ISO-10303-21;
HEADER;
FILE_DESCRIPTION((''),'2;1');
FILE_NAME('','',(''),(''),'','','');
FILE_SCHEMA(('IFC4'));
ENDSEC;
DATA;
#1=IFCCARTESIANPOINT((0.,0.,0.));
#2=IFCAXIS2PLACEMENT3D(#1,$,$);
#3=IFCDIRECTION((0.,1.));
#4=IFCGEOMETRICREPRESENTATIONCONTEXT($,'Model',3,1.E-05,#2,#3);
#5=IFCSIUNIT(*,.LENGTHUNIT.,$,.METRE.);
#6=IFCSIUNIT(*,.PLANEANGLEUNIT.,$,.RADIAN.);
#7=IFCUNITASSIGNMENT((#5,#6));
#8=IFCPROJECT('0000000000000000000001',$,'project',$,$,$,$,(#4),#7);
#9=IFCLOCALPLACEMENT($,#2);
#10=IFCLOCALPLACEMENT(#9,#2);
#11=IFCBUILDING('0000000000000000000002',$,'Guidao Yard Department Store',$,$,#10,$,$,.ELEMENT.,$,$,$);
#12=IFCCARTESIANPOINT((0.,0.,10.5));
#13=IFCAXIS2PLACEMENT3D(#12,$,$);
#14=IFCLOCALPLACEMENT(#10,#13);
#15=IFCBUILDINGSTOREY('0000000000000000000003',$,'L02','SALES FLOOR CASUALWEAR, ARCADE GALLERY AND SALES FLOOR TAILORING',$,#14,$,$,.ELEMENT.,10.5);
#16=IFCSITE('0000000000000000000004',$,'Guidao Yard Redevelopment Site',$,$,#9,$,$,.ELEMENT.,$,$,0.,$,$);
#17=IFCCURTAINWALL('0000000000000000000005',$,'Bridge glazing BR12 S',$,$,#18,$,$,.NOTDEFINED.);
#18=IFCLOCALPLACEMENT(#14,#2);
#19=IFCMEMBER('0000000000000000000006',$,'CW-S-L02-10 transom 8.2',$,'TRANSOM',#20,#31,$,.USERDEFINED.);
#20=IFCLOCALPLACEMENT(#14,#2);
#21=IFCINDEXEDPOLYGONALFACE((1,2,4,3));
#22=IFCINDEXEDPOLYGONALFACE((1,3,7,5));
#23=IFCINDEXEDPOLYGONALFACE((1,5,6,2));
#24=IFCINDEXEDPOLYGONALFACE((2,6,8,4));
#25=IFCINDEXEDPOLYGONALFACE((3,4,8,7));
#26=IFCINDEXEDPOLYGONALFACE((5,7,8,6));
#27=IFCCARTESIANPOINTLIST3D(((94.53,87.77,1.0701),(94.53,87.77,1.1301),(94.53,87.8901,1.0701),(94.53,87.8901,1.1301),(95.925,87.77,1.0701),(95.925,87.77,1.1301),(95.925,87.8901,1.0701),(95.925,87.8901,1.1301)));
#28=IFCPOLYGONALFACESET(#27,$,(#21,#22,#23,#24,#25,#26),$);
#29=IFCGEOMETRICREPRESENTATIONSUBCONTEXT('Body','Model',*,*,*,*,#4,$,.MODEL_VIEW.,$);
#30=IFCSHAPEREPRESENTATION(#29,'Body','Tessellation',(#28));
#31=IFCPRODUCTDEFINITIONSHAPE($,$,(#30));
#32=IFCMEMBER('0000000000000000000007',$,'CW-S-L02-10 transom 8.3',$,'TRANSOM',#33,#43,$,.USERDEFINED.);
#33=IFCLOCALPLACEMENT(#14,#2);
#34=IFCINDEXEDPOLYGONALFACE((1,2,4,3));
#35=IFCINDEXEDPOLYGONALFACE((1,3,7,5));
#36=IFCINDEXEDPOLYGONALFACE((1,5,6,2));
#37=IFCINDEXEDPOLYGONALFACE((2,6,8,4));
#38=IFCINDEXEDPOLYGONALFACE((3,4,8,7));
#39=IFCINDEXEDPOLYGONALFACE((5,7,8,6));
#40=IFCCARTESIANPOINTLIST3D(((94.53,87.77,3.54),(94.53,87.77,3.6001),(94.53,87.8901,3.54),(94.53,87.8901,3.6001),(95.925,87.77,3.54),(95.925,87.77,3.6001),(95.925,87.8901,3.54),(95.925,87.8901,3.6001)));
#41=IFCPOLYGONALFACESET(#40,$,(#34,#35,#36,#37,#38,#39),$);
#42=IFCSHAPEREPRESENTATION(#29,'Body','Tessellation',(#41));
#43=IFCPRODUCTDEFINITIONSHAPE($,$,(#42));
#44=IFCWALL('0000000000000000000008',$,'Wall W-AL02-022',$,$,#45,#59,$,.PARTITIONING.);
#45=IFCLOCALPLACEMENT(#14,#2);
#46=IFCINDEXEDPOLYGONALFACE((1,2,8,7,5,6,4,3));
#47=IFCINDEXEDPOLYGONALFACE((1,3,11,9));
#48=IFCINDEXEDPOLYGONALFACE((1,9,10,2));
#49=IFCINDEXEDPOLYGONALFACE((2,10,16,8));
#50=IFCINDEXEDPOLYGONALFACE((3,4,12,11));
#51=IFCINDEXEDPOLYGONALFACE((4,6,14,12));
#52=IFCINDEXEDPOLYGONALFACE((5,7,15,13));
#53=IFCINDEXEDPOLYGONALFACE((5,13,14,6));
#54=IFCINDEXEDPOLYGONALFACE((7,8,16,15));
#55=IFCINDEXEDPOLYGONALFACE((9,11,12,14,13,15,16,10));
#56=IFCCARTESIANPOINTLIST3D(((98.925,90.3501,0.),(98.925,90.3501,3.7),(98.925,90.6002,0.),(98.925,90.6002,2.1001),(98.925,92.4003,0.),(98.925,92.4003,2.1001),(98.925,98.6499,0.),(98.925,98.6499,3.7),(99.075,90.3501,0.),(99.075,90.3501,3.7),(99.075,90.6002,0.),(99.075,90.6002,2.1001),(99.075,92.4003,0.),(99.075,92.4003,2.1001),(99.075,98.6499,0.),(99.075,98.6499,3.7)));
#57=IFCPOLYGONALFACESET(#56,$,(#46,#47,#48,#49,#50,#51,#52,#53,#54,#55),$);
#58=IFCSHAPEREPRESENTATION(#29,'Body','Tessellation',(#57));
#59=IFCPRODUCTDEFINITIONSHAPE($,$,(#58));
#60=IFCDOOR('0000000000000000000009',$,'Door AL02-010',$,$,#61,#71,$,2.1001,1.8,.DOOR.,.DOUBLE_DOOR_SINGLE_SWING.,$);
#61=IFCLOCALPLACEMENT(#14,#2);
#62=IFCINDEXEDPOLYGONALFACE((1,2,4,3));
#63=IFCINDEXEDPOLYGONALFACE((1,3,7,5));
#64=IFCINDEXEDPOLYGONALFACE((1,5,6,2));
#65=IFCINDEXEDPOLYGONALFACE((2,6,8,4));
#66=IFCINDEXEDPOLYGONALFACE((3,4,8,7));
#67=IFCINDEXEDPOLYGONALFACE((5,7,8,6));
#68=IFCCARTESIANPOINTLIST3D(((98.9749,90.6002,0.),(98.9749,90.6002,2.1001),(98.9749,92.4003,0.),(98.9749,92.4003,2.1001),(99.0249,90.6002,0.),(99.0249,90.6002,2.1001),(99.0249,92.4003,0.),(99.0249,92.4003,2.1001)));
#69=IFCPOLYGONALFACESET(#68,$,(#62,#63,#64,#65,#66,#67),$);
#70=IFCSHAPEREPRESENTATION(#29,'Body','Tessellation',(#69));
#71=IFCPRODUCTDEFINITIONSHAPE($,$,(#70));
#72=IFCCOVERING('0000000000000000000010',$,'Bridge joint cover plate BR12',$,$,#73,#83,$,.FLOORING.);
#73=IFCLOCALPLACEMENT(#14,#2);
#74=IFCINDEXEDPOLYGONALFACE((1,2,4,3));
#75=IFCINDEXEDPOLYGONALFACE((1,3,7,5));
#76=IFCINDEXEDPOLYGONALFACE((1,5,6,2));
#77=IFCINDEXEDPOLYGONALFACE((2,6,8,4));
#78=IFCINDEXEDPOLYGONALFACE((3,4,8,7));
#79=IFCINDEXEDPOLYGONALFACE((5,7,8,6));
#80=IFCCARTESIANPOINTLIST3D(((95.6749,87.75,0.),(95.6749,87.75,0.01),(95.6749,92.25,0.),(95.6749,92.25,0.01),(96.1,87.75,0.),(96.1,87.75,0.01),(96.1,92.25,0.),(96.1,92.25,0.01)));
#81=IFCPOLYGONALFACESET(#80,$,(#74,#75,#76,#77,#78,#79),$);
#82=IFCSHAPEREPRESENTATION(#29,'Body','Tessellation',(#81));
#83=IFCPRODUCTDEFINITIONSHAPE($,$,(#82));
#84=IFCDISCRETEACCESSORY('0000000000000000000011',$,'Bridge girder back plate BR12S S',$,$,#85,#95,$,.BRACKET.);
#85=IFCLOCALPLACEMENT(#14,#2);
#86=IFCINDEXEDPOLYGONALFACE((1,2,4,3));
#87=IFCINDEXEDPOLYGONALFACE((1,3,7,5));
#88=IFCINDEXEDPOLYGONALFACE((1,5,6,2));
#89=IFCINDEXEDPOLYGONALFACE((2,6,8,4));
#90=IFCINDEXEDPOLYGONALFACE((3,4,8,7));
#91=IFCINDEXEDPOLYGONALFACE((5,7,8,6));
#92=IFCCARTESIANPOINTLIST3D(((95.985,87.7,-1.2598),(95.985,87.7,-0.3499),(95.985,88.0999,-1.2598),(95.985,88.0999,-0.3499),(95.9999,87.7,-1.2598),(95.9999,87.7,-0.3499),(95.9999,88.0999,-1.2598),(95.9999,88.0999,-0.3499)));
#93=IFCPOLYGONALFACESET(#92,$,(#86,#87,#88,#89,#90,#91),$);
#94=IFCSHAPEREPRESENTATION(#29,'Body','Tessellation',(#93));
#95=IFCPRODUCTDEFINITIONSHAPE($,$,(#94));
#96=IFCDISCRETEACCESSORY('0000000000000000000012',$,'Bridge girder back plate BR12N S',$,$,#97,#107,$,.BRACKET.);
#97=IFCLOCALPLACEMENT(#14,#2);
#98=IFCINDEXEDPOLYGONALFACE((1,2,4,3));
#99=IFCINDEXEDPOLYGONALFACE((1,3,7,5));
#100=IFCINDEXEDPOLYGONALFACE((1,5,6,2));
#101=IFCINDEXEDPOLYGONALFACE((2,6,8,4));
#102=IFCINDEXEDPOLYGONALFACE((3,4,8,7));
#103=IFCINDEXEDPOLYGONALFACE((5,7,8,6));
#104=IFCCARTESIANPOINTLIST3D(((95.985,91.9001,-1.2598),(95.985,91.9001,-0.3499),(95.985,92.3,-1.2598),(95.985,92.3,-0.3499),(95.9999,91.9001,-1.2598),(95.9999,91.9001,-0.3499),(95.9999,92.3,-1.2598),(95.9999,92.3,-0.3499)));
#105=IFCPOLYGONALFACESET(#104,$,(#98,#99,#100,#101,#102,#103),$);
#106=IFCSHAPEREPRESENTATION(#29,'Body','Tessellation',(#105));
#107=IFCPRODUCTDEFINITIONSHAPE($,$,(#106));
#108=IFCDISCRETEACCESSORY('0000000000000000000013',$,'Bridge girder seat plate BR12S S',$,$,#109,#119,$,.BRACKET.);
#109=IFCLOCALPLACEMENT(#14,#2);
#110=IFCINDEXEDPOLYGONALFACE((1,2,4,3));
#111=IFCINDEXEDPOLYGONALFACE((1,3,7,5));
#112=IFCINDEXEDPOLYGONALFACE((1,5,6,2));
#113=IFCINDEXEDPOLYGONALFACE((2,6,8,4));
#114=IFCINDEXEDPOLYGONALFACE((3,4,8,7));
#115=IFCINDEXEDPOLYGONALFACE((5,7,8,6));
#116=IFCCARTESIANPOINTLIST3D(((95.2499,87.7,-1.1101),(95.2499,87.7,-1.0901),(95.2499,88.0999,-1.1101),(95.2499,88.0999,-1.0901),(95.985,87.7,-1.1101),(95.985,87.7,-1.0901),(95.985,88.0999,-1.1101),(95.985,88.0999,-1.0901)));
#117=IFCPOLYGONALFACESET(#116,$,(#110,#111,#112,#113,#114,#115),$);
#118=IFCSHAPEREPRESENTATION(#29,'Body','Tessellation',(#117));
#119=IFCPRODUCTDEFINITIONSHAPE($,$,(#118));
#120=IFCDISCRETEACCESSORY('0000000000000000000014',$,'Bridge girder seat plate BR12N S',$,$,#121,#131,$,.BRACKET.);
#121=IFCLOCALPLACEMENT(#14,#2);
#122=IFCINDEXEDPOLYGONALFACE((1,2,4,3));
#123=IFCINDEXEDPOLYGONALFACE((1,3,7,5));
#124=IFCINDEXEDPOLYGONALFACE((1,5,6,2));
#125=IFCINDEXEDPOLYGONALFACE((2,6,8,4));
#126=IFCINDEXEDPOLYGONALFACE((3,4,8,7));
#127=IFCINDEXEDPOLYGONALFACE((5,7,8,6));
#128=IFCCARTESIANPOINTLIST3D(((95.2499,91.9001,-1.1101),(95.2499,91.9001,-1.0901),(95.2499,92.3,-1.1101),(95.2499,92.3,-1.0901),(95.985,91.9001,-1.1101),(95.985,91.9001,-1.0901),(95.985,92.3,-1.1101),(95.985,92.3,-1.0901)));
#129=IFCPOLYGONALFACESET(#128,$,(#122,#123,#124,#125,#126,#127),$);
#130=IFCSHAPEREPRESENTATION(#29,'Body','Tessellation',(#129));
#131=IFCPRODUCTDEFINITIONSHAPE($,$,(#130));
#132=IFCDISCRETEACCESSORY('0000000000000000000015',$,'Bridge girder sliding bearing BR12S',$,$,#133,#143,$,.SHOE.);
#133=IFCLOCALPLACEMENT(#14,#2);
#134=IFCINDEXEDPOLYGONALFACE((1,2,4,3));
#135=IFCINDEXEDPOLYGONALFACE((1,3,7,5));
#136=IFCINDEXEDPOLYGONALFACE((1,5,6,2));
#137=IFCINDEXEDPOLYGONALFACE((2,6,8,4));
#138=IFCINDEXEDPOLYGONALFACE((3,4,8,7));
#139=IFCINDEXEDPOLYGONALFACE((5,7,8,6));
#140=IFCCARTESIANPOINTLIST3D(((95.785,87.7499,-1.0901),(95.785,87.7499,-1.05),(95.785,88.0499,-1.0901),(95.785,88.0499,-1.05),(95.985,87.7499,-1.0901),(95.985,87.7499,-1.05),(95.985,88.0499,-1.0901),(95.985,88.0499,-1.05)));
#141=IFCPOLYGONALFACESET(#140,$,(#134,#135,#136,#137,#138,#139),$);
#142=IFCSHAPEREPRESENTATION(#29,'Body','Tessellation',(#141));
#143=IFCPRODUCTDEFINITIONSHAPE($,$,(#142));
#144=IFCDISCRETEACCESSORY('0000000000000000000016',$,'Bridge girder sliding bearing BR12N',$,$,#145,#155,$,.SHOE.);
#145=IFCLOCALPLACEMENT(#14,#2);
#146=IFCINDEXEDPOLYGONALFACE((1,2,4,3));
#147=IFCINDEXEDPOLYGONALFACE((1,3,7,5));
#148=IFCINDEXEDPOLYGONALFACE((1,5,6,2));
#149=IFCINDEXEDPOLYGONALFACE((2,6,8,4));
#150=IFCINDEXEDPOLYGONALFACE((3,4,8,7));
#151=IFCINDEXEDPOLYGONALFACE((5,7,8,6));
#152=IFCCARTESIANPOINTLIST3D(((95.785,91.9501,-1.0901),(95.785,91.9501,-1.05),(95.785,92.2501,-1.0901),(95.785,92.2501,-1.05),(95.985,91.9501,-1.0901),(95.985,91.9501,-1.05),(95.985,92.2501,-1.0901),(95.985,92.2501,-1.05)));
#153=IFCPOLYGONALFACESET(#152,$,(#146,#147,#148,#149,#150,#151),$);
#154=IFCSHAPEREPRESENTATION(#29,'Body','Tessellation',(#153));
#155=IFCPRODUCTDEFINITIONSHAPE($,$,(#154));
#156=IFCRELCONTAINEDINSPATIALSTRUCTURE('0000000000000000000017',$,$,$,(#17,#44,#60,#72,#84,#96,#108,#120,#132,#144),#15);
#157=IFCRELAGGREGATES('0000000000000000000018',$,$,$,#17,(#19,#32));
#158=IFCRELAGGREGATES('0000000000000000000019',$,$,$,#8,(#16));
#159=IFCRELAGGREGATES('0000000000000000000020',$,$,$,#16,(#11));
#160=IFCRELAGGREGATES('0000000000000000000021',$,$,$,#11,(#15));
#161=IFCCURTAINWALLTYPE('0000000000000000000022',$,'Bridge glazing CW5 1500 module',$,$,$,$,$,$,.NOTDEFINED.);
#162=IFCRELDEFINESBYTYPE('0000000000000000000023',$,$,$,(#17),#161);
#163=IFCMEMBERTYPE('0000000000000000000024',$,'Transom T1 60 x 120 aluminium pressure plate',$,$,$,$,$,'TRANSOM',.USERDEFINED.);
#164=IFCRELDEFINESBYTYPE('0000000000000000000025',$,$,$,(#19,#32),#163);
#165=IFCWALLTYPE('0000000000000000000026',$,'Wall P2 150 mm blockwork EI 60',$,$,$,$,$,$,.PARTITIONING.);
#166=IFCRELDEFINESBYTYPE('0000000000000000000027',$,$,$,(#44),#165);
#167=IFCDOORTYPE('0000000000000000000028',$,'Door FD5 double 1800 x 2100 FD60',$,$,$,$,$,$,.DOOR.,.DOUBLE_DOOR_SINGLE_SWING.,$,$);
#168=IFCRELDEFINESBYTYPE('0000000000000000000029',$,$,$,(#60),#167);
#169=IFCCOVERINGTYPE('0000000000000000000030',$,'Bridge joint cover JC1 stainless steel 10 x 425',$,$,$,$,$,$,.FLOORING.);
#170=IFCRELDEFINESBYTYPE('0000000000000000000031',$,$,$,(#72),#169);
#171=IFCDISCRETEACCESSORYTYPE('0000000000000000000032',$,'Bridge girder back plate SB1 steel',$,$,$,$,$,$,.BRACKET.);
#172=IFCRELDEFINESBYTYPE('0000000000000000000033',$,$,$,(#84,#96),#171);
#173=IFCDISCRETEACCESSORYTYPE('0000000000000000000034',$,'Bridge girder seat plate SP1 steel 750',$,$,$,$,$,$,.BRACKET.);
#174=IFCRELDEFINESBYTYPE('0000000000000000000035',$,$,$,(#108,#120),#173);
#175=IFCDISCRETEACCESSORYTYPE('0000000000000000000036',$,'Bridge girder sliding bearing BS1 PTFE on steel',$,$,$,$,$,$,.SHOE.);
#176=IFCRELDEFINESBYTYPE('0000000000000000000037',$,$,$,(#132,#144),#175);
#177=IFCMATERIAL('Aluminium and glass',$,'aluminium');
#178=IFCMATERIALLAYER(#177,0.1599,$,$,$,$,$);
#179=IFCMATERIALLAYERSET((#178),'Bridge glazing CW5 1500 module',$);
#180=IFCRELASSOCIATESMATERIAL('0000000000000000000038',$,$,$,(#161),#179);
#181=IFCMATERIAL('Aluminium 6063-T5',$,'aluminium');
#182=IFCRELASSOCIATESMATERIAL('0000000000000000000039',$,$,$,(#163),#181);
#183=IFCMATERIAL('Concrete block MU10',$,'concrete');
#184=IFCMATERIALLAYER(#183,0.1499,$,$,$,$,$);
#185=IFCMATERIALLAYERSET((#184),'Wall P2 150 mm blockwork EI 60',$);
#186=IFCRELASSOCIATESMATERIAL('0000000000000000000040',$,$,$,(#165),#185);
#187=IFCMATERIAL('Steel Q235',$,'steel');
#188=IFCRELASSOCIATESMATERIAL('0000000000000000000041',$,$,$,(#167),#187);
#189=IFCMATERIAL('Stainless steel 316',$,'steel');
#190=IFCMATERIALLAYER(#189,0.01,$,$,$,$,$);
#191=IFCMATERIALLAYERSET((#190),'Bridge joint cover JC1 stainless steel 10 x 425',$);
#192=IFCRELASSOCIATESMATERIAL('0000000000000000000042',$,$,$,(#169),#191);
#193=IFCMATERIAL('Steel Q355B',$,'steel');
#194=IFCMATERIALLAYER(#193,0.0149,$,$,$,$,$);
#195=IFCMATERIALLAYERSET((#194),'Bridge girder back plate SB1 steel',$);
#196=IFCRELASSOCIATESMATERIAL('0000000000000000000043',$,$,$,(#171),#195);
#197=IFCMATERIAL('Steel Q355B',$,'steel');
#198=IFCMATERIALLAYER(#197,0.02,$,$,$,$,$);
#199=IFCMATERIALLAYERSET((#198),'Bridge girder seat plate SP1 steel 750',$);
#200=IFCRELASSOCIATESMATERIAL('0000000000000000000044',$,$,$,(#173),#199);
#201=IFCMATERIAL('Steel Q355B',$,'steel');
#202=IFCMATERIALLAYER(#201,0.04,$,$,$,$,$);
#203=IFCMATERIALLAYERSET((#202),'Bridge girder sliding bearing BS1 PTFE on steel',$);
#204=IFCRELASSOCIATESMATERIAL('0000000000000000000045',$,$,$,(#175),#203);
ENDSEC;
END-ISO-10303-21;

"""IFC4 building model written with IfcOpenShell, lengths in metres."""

from ifc_helpers import new_model, si_unit, direction, frame, frame_2d, origin, origin_2d, place, context, subcontext, project, spatial, rectangle, extrude, material, layer, layer_set, material_profile, profile_set, type_object, element, fill, aggregate, save


model = new_model("IFC4")

# Units and contexts
model_context = context("Model", 3, precision=1e-05, world=origin(), true_north=direction((0.0, 1.0)))
body_context = subcontext(model_context, "Body", "Model", "MODEL_VIEW")
ifc_project = project(units=[si_unit("LENGTHUNIT", "METRE"), si_unit("PLANEANGLEUNIT", "RADIAN")], contexts=[model_context])

# Site, building, storey
site_placement = place(None, origin())
site = spatial("IfcSite", under=ifc_project, at=site_placement, Name="Guidao Yard Redevelopment Site", CompositionType="ELEMENT", RefElevation=0.0)
building_placement = place(site_placement, origin())
building = spatial("IfcBuilding", under=site, at=building_placement, Name="Guidao Yard Department Store", CompositionType="ELEMENT")
storey_placement = place(building_placement, frame((0.0, 0.0, 10.5)))
storey = spatial("IfcBuildingStorey", under=building, at=storey_placement, Name="L02", Description="SALES FLOOR CASUALWEAR, ARCADE GALLERY AND SALES FLOOR TAILORING", CompositionType="ELEMENT", Elevation=10.5)

# Curtain wall
ifc_material_1 = material(Name="Aluminium and glass", Category="aluminium")
ifc_layer_1 = layer(ifc_material_1, 0.1599)
ifc_layer_set_1 = layer_set([ifc_layer_1], Name="Bridge glazing CW5 1500 module")
curtain_wall_type = type_object("IfcCurtainWallType", Name="Bridge glazing CW5 1500 module", PredefinedType="NOTDEFINED", material=ifc_layer_set_1)
curtain_wall_1_placement = place(storey_placement, origin())
curtain_wall_1 = element("IfcCurtainWall", 1, at=curtain_wall_1_placement, inside=storey, type_object=curtain_wall_type, Name="Bridge glazing BR12 S", PredefinedType="NOTDEFINED")

# Members
ifc_material_2 = material(Name="Aluminium 6063-T5", Category="aluminium")
ifc_material_profile_1 = material_profile(ifc_material_2, rectangle(XDim=0.1201, YDim=0.0601, at=origin_2d()), Name="Transom T1 60 x 120 aluminium pressure plate")
ifc_profile_set_1 = profile_set([ifc_material_profile_1], Name="Aluminium 6063-T5")
member_type_1 = type_object("IfcMemberType", Name="Transom T1 60 x 120 aluminium pressure plate", ElementType="TRANSOM", PredefinedType="USERDEFINED", material=ifc_profile_set_1)
member_1_placement = place(storey_placement, frame((95.925, 87.8301, 1.1001), z_axis=(-1.0, 0.0, 0.0), x_axis=(0.0, -1.0, 0.0)))
member_1 = element("IfcMember", 2, at=member_1_placement, type_object=member_type_1, Name="CW-S-L02-10 transom 8.2", ObjectType="TRANSOM", PredefinedType="USERDEFINED", context=body_context, shape_type="SweptSolid", body=[
    extrude(rectangle(XDim=0.1201, YDim=0.0601, at=origin_2d()), origin(), (0.0, 0.0, 1.0), 1.395),
])
member_2_placement = place(storey_placement, frame((95.925, 87.8301, 3.5701), z_axis=(-1.0, 0.0, 0.0), x_axis=(0.0, -1.0, 0.0)))
member_2 = element("IfcMember", 3, at=member_2_placement, type_object=member_type_1, Name="CW-S-L02-10 transom 8.3", ObjectType="TRANSOM", PredefinedType="USERDEFINED", context=body_context, shape_type="SweptSolid", body=[
    extrude(rectangle(XDim=0.1201, YDim=0.0601, at=origin_2d()), origin(), (0.0, 0.0, 1.0), 1.395),
])
aggregate(curtain_wall_1, [member_1, member_2])

# Wall, opening, door
ifc_material_3 = material(Name="Concrete block MU10", Category="concrete")
ifc_layer_2 = layer(ifc_material_3, 0.1499)
ifc_layer_set_2 = layer_set([ifc_layer_2], Name="Wall P2 150 mm blockwork EI 60")
wall_type = type_object("IfcWallType", Name="Wall P2 150 mm blockwork EI 60", PredefinedType="PARTITIONING", material=ifc_layer_set_2)
wall_placement = place(storey_placement, frame((99.0, 90.3501, 0.0), z_axis=(0.0, 0.0, 1.0), x_axis=(0.0, 1.0, 0.0)))
wall = element("IfcWall", 4, at=wall_placement, inside=storey, type_object=wall_type, Name="Wall W-AL02-022", PredefinedType="PARTITIONING", context=body_context, shape_type="SweptSolid", body=[
    extrude(rectangle(XDim=8.2998, YDim=0.1499, at=frame_2d((4.1499, 0.0))), origin(), (0.0, 0.0, 1.0), 3.7),
])
opening_placement = place(wall_placement, frame((2.05, 0.0, 0.0), z_axis=(0.0, 0.0, 1.0), x_axis=(-1.0, 0.0, 0.0)))
opening = element("IfcOpeningElement", 5, at=opening_placement, cuts=wall, PredefinedType="OPENING", context=body_context, shape_type="SweptSolid", body=[
    extrude(rectangle(XDim=1.8, YDim=2.1001, at=frame_2d((0.8999, 1.05))), frame((0.0, 0.085, 0.0), z_axis=(0.0, -1.0, 0.0), x_axis=(1.0, 0.0, 0.0)), (0.0, 0.0, 1.0), 0.1699),
])
ifc_material_4 = material(Name="Steel Q235", Category="steel")
door_type = type_object("IfcDoorType", Name="Door FD5 double 1800 x 2100 FD60", OperationType="DOUBLE_DOOR_SINGLE_SWING", PredefinedType="DOOR", material=ifc_material_4)
door_placement = place(opening_placement, origin())
door = element("IfcDoor", 6, at=door_placement, inside=storey, type_object=door_type, Name="Door AL02-010", OperationType="DOUBLE_DOOR_SINGLE_SWING", OverallHeight=2.1001, OverallWidth=1.8, PredefinedType="DOOR", context=body_context, shape_type="SweptSolid", body=[
    extrude(rectangle(XDim=1.8, YDim=2.1001, at=frame_2d((0.8999, 1.05))), frame((0.0, 0.0249, 0.0), z_axis=(0.0, -1.0, 0.0), x_axis=(1.0, 0.0, 0.0)), (0.0, 0.0, 1.0), 0.05),
])
fill(opening, door)

# Covering
ifc_material_5 = material(Name="Stainless steel 316", Category="steel")
ifc_layer_3 = layer(ifc_material_5, 0.01)
ifc_layer_set_3 = layer_set([ifc_layer_3], Name="Bridge joint cover JC1 stainless steel 10 x 425")
covering_type = type_object("IfcCoveringType", Name="Bridge joint cover JC1 stainless steel 10 x 425", PredefinedType="FLOORING", material=ifc_layer_set_3)
covering_placement = place(storey_placement, frame((95.8875, 90.0, 0.0), z_axis=(0.0, 0.0, 1.0), x_axis=(1.0, 0.0, 0.0)))
element("IfcCovering", 7, at=covering_placement, inside=storey, type_object=covering_type, Name="Bridge joint cover plate BR12", PredefinedType="FLOORING", context=body_context, shape_type="SweptSolid", body=[
    extrude(rectangle(XDim=0.425, YDim=4.5, at=origin_2d()), origin(), (0.0, 0.0, 1.0), 0.01),
])

# Discrete accessories
ifc_material_6 = material(Name="Steel Q355B", Category="steel")
ifc_layer_4 = layer(ifc_material_6, 0.0149)
ifc_layer_set_4 = layer_set([ifc_layer_4], Name="Bridge girder back plate SB1 steel")
discrete_accessory_type_1 = type_object("IfcDiscreteAccessoryType", Name="Bridge girder back plate SB1 steel", PredefinedType="BRACKET", material=ifc_layer_set_4)
for number, where, z_axis, x_axis, name in (
    (8, (95.9924, 87.8999, -1.2598), (0.0, 0.0, 1.0), (1.0, 0.0, 0.0), "Bridge girder back plate BR12S S"),
    (9, (95.9924, 92.1001, -1.2598), (0.0, 0.0, 1.0), (1.0, 0.0, 0.0), "Bridge girder back plate BR12N S"),
):
    element("IfcDiscreteAccessory", number, at=place(storey_placement, frame(where, z_axis=z_axis, x_axis=x_axis)), inside=storey, type_object=discrete_accessory_type_1, Name=name, PredefinedType="BRACKET", context=body_context, shape_type="SweptSolid", body=[
        extrude(rectangle(XDim=0.0149, YDim=0.3999, at=origin_2d()), origin(), (0.0, 0.0, 1.0), 0.9099),
    ])
ifc_material_7 = material(Name="Steel Q355B", Category="steel")
ifc_layer_5 = layer(ifc_material_7, 0.02)
ifc_layer_set_5 = layer_set([ifc_layer_5], Name="Bridge girder seat plate SP1 steel 750")
discrete_accessory_type_2 = type_object("IfcDiscreteAccessoryType", Name="Bridge girder seat plate SP1 steel 750", PredefinedType="BRACKET", material=ifc_layer_set_5)
for number, where, z_axis, x_axis, name in (
    (10, (95.6174, 87.8999, -1.1101), (0.0, 0.0, 1.0), (1.0, 0.0, 0.0), "Bridge girder seat plate BR12S S"),
    (11, (95.6174, 92.1001, -1.1101), (0.0, 0.0, 1.0), (1.0, 0.0, 0.0), "Bridge girder seat plate BR12N S"),
):
    element("IfcDiscreteAccessory", number, at=place(storey_placement, frame(where, z_axis=z_axis, x_axis=x_axis)), inside=storey, type_object=discrete_accessory_type_2, Name=name, PredefinedType="BRACKET", context=body_context, shape_type="SweptSolid", body=[
        extrude(rectangle(XDim=0.7351, YDim=0.3999, at=origin_2d()), origin(), (0.0, 0.0, 1.0), 0.02),
    ])
ifc_material_8 = material(Name="Steel Q355B", Category="steel")
ifc_layer_6 = layer(ifc_material_8, 0.04)
ifc_layer_set_6 = layer_set([ifc_layer_6], Name="Bridge girder sliding bearing BS1 PTFE on steel")
discrete_accessory_type_3 = type_object("IfcDiscreteAccessoryType", Name="Bridge girder sliding bearing BS1 PTFE on steel", PredefinedType="SHOE", material=ifc_layer_set_6)
for number, where, z_axis, x_axis, name in (
    (12, (95.885, 87.8999, -1.0901), (0.0, 0.0, 1.0), (1.0, 0.0, 0.0), "Bridge girder sliding bearing BR12S"),
    (13, (95.885, 92.1001, -1.0901), (0.0, 0.0, 1.0), (1.0, 0.0, 0.0), "Bridge girder sliding bearing BR12N"),
):
    element("IfcDiscreteAccessory", number, at=place(storey_placement, frame(where, z_axis=z_axis, x_axis=x_axis)), inside=storey, type_object=discrete_accessory_type_3, Name=name, PredefinedType="SHOE", context=body_context, shape_type="SweptSolid", body=[
        extrude(rectangle(XDim=0.2, YDim=0.3, at=origin_2d()), origin(), (0.0, 0.0, 1.0), 0.04),
    ])

save(model, "model.ifc")
